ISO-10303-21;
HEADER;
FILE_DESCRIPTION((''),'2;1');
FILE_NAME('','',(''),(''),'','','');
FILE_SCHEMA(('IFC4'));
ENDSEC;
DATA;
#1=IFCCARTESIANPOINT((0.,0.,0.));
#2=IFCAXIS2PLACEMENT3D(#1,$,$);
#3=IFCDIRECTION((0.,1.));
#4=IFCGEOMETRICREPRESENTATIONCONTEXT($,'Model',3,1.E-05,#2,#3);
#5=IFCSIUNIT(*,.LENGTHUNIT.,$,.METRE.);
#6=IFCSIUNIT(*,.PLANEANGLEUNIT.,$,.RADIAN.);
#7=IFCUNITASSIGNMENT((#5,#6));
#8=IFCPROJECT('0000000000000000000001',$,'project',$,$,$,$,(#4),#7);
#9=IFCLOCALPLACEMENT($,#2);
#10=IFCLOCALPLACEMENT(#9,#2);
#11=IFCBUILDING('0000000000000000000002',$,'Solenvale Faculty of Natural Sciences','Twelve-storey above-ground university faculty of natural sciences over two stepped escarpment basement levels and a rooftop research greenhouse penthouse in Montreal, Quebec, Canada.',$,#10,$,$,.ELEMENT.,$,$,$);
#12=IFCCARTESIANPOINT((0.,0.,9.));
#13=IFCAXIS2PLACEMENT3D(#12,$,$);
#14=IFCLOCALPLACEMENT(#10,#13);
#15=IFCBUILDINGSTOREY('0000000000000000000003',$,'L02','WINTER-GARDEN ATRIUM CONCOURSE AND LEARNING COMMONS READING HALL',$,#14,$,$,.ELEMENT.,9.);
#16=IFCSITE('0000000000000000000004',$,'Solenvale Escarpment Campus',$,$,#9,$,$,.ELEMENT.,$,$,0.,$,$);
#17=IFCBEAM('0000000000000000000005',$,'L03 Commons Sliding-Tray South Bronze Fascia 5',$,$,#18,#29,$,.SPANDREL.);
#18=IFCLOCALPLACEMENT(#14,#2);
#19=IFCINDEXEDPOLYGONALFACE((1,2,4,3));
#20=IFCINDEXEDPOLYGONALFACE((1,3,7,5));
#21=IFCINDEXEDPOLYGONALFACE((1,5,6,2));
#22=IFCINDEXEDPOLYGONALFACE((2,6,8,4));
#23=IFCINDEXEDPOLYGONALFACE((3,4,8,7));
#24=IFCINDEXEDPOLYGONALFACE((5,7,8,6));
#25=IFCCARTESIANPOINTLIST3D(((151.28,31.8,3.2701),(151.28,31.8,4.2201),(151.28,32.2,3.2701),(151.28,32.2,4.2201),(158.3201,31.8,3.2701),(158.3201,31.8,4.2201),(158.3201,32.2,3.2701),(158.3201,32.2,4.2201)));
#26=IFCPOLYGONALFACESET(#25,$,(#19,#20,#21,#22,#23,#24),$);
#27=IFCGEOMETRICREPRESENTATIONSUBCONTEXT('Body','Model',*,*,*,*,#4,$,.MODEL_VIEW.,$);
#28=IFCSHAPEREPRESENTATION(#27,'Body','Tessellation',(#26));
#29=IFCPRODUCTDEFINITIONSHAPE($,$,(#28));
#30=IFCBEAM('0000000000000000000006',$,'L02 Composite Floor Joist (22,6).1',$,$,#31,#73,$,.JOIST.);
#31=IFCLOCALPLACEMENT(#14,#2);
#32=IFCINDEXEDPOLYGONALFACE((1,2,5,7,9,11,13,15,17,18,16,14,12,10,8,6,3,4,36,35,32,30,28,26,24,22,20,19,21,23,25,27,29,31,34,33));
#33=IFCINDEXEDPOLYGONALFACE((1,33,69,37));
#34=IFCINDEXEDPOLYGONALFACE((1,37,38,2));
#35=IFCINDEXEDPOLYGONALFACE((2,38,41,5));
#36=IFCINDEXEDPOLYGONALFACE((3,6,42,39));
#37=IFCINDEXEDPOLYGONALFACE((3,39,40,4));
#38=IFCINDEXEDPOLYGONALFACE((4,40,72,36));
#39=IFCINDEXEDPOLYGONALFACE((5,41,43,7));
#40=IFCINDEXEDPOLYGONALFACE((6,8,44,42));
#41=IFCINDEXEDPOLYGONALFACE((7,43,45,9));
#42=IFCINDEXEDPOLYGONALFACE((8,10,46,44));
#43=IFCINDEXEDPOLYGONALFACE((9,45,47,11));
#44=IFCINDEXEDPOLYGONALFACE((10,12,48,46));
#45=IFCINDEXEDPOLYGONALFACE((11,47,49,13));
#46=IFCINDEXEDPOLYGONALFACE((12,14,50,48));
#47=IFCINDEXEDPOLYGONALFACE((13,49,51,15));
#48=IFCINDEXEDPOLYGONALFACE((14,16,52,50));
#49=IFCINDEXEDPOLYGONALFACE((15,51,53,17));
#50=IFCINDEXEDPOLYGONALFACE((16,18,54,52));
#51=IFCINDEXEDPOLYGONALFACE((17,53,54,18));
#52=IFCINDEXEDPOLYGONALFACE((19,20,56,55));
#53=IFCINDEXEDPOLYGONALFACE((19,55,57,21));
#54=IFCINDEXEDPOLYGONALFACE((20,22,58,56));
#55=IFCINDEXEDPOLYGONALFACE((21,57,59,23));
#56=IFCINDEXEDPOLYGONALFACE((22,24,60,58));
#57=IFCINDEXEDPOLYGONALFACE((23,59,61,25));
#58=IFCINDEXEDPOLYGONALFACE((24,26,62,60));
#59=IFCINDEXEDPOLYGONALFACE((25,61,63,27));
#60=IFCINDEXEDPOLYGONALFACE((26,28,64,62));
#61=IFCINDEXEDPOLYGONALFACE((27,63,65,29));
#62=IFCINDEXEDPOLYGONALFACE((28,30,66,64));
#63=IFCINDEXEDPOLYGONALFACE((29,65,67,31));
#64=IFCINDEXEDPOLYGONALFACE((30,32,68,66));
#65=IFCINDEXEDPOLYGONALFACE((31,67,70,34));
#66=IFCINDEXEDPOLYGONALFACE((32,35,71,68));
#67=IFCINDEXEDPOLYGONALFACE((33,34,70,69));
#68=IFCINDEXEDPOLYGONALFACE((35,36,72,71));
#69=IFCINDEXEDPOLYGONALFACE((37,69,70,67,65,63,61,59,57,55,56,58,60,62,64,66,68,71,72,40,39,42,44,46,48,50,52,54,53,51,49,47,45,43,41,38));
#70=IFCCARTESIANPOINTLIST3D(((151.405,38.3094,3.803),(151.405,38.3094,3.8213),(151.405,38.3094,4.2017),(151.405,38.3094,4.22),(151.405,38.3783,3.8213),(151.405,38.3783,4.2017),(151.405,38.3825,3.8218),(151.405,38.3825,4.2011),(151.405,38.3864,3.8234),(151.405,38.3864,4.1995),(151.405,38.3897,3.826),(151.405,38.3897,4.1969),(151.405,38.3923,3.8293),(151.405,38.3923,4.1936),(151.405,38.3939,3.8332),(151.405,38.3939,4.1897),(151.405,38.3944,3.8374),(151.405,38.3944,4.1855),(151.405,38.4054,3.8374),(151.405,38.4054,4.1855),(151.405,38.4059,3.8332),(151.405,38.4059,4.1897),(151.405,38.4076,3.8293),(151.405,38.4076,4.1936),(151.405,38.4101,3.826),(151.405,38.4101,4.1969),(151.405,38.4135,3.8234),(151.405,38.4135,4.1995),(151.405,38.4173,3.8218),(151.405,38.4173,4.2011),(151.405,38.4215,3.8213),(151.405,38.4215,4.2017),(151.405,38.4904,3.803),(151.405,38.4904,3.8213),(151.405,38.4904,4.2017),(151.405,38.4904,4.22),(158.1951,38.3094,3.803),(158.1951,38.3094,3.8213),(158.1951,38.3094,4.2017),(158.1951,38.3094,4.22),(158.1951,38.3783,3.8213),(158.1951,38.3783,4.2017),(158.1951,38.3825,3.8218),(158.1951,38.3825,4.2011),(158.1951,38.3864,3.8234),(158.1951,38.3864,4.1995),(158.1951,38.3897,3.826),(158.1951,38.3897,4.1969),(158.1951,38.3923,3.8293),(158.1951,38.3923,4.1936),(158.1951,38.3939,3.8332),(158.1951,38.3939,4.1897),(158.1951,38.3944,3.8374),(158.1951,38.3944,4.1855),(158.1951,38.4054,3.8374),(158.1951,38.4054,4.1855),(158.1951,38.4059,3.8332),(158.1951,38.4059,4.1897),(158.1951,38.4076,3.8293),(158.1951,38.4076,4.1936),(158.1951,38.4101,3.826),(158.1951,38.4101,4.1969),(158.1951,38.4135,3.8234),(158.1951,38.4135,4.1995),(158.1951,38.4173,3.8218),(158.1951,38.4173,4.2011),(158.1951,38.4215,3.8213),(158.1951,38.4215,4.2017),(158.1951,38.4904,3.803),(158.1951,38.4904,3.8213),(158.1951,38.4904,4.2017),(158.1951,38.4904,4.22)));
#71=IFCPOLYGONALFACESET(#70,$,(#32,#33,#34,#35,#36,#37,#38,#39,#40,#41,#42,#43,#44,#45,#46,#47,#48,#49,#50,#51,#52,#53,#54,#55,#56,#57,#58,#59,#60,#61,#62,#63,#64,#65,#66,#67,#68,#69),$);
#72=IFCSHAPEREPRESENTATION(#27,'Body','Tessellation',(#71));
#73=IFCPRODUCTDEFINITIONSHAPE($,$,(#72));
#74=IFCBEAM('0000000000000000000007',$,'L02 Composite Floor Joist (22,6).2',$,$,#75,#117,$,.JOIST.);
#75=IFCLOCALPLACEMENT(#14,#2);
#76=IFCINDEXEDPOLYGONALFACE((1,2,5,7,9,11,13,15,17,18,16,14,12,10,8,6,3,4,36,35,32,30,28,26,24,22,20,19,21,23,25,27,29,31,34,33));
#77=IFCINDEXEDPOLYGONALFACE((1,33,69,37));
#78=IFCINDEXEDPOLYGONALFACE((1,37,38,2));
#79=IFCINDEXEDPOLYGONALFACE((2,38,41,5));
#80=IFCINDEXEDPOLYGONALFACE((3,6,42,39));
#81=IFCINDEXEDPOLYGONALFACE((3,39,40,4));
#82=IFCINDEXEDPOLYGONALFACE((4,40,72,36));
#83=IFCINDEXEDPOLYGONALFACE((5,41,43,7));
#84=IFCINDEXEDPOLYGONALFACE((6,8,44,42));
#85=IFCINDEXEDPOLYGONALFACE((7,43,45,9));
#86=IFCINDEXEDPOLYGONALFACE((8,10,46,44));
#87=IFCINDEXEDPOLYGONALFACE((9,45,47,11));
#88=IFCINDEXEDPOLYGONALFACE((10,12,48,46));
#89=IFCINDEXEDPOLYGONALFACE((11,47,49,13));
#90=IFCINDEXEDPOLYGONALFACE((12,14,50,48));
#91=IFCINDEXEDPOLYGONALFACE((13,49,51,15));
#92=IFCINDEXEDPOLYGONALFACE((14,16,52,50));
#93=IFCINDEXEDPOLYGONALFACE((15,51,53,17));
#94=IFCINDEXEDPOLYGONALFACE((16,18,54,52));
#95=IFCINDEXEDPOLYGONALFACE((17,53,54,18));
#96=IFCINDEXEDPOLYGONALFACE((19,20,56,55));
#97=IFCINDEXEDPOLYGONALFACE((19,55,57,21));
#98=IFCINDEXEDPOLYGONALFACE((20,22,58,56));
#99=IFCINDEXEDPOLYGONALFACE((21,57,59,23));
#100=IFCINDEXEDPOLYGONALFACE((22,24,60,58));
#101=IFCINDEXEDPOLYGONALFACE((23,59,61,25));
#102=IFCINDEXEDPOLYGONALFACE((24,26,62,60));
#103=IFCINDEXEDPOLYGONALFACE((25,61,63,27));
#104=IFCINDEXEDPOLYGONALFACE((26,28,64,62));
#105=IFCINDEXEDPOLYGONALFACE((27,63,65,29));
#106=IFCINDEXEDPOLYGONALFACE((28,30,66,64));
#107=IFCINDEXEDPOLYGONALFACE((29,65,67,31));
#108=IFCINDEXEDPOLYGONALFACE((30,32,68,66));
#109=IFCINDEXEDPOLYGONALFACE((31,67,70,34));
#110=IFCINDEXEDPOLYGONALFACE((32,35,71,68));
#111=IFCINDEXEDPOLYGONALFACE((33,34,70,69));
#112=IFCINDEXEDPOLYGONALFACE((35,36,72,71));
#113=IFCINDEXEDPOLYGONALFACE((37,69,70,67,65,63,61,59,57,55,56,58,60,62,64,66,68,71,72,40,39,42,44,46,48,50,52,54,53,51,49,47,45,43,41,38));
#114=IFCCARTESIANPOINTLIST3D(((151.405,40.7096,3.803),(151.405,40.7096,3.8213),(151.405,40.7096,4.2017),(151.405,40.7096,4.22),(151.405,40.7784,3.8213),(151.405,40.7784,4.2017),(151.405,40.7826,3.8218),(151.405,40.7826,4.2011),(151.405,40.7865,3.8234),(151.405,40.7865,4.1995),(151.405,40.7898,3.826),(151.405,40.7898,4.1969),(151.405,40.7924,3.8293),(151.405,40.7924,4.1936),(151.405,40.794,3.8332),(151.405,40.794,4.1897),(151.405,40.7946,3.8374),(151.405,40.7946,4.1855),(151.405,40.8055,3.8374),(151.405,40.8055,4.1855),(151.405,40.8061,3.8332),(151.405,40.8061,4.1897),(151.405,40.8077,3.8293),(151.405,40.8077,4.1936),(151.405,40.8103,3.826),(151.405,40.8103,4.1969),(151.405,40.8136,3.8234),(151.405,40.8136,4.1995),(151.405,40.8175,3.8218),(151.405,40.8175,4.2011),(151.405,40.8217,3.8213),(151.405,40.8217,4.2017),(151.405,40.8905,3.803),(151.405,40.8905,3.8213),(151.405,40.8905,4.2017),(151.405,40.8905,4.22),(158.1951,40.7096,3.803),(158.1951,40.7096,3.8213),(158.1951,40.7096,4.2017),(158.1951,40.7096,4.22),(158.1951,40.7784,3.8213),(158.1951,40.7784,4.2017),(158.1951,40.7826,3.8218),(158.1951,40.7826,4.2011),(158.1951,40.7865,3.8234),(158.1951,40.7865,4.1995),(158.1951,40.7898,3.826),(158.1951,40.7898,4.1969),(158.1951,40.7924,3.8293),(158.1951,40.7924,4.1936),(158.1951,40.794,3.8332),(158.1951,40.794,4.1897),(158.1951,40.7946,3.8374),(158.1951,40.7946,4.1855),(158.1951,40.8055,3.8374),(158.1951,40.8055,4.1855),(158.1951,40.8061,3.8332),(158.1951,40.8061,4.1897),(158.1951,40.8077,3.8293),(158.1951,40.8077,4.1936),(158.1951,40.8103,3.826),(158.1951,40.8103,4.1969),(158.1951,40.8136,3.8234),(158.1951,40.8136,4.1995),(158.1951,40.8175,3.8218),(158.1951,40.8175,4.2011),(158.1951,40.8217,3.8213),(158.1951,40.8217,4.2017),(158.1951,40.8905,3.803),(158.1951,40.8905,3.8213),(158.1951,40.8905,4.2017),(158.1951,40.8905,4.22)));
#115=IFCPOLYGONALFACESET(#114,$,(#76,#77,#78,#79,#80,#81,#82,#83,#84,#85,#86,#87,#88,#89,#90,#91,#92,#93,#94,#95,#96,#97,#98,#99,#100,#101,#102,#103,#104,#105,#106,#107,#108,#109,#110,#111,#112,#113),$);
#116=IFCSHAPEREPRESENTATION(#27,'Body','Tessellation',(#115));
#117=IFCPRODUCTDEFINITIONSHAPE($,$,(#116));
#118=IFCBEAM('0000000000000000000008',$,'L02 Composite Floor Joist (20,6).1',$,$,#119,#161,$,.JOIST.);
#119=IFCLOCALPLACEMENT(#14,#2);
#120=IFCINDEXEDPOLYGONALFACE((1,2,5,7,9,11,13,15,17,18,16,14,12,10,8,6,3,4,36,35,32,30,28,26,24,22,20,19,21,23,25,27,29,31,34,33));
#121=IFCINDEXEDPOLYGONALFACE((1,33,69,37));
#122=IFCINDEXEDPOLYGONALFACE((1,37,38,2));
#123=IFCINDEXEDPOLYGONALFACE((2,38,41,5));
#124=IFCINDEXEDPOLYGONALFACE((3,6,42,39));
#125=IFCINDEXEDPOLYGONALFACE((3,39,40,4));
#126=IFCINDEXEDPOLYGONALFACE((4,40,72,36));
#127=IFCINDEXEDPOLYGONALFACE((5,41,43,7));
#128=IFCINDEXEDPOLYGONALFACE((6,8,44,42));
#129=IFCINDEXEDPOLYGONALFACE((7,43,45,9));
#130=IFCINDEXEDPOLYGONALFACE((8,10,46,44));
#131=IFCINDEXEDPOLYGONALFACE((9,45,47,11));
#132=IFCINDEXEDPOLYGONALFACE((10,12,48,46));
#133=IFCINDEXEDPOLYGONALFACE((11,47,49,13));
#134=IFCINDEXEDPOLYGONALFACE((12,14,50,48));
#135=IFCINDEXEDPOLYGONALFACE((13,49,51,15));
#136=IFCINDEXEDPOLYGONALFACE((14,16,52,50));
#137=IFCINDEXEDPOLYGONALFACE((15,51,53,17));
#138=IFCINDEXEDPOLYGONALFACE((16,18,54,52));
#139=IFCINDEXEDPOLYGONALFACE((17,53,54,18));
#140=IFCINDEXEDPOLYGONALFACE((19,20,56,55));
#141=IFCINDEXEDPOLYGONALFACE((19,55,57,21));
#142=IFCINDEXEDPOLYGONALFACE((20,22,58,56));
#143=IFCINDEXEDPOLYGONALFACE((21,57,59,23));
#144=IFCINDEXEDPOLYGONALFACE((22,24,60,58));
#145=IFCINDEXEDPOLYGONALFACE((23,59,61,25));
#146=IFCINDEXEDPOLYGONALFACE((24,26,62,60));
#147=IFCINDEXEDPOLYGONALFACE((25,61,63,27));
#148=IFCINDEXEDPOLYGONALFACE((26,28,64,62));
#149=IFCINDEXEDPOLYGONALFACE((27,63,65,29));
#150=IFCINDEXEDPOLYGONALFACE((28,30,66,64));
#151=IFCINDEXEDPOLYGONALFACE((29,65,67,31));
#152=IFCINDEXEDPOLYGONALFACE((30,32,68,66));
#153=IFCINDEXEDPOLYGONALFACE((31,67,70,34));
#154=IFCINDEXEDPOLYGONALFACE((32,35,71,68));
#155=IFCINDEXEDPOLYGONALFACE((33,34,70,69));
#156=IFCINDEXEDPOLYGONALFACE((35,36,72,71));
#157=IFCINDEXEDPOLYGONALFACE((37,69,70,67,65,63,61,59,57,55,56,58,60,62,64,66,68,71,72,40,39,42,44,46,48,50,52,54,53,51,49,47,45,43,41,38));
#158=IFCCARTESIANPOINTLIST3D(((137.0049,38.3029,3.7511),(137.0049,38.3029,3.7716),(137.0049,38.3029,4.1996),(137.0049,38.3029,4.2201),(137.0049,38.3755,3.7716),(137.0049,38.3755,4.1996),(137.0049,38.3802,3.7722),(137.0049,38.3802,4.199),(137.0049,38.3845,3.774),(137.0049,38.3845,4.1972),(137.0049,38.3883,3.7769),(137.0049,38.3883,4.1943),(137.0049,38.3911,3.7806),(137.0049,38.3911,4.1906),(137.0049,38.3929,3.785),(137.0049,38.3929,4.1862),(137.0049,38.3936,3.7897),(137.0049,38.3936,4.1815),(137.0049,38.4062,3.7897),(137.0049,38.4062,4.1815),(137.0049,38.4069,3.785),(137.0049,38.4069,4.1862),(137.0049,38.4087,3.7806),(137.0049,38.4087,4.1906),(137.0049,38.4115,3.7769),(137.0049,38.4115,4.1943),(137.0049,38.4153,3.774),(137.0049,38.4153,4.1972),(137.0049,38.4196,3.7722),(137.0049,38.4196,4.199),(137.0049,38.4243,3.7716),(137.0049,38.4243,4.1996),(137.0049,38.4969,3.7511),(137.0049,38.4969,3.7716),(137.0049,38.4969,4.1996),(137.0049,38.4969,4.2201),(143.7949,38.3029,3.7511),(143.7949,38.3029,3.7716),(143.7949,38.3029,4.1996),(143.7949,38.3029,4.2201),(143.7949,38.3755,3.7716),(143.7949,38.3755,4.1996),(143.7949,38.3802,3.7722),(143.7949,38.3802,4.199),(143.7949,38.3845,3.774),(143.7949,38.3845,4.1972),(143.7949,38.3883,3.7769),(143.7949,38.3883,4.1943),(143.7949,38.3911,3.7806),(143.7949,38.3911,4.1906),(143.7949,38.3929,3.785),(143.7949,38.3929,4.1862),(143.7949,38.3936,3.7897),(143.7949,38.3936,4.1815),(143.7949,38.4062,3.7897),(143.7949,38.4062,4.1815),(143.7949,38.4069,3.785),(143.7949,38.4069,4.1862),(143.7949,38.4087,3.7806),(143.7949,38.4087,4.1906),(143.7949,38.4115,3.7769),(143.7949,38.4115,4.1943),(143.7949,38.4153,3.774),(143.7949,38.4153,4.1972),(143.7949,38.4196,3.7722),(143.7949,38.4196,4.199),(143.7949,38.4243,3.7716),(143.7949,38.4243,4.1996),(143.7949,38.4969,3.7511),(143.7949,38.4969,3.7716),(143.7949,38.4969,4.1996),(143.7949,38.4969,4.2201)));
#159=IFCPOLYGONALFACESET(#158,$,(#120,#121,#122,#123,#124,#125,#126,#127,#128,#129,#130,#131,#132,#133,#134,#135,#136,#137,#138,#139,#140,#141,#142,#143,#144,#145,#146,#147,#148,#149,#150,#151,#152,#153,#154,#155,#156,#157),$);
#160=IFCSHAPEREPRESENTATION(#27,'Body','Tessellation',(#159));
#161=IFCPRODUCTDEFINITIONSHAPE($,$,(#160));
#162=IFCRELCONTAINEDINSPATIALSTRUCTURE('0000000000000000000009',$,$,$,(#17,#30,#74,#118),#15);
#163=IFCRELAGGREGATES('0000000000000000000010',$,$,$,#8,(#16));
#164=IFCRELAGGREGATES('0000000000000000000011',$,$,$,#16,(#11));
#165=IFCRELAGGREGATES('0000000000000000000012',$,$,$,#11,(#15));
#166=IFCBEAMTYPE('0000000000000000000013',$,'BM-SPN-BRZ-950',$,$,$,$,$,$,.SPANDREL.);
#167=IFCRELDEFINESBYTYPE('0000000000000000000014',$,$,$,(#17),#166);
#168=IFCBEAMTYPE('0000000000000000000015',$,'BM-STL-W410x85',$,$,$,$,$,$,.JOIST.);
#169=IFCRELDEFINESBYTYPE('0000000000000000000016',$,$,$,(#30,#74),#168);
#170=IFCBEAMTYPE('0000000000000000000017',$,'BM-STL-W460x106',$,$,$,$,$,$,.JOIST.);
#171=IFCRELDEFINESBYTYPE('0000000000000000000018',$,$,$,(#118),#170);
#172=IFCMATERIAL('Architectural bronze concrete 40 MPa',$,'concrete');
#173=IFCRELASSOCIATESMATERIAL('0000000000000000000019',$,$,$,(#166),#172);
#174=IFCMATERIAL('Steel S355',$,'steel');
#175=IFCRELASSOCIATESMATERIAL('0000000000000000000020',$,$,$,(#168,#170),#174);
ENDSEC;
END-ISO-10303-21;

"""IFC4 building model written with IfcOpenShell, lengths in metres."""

from ifc_helpers import new_model, si_unit, direction, frame, origin, origin_2d, place, context, subcontext, project, spatial, rectangle, i_section, extrude, material, material_profile, profile_set, type_object, element, save


model = new_model("IFC4")

# Units and contexts
model_context = context("Model", 3, precision=1e-05, world=origin(), true_north=direction((0.0, 1.0)))
body_context = subcontext(model_context, "Body", "Model", "MODEL_VIEW")
ifc_project = project(units=[si_unit("LENGTHUNIT", "METRE"), si_unit("PLANEANGLEUNIT", "RADIAN")], contexts=[model_context])

# Site, building, storey
site_placement = place(None, origin())
site = spatial("IfcSite", under=ifc_project, at=site_placement, Name="Solenvale Escarpment Campus", CompositionType="ELEMENT", RefElevation=0.0)
building_placement = place(site_placement, origin())
building = spatial("IfcBuilding", under=site, at=building_placement, Name="Solenvale Faculty of Natural Sciences", Description="Twelve-storey above-ground university faculty of natural sciences over two stepped escarpment basement levels and a rooftop research greenhouse penthouse in Montreal, Quebec, Canada.", CompositionType="ELEMENT")
storey_placement = place(building_placement, frame((0.0, 0.0, 9.0)))
storey = spatial("IfcBuildingStorey", under=building, at=storey_placement, Name="L02", Description="WINTER-GARDEN ATRIUM CONCOURSE AND LEARNING COMMONS READING HALL", CompositionType="ELEMENT", Elevation=9.0)

# Beams
ifc_material_1 = material(Name="Architectural bronze concrete 40 MPa", Category="concrete")
ifc_material_profile_1 = material_profile(ifc_material_1, rectangle(XDim=0.3999, YDim=0.95, at=origin_2d()), Name="RC-SPN-400x950")
ifc_profile_set_1 = profile_set([ifc_material_profile_1], Name="Architectural bronze concrete 40 MPa")
beam_type_1 = type_object("IfcBeamType", Name="BM-SPN-BRZ-950", PredefinedType="SPANDREL", material=ifc_profile_set_1)
for number, where, z_axis, x_axis, name in (
    (1, (151.28, 32.0, 3.7451), (1.0, 0.0, 0.0), (0.0, 1.0, 0.0), "L03 Commons Sliding-Tray South Bronze Fascia 5"),
):
    element("IfcBeam", number, at=place(storey_placement, frame(where, z_axis=z_axis, x_axis=x_axis)), inside=storey, type_object=beam_type_1, Name=name, PredefinedType="SPANDREL", context=body_context, shape_type="SweptSolid", body=[
        extrude(rectangle(XDim=0.3999, YDim=0.95, at=origin_2d()), origin(), (0.0, 0.0, 1.0), 7.04),
    ])
ifc_material_2 = material(Name="Steel S355", Category="steel")
ifc_material_profile_2 = material_profile(ifc_material_2, i_section(OverallWidth=0.1809, OverallDepth=0.417, WebThickness=0.011, FlangeThickness=0.0183, FilletRadius=0.0161, at=origin_2d()), Name="W410x85")
ifc_profile_set_2 = profile_set([ifc_material_profile_2], Name="Steel S355")
beam_type_2 = type_object("IfcBeamType", Name="BM-STL-W410x85", PredefinedType="JOIST", material=ifc_profile_set_2)
for number, where, z_axis, x_axis, name in (
    (2, (151.405, 38.3999, 4.0115), (1.0, 0.0, 0.0), (0.0, 1.0, 0.0), "L02 Composite Floor Joist (22,6).1"),
    (3, (151.405, 40.8, 4.0115), (1.0, 0.0, 0.0), (0.0, 1.0, 0.0), "L02 Composite Floor Joist (22,6).2"),
):
    element("IfcBeam", number, at=place(storey_placement, frame(where, z_axis=z_axis, x_axis=x_axis)), inside=storey, type_object=beam_type_2, Name=name, PredefinedType="JOIST", context=body_context, shape_type="SweptSolid", body=[
        extrude(i_section(OverallWidth=0.1809, OverallDepth=0.417, WebThickness=0.011, FlangeThickness=0.0183, FilletRadius=0.0161, at=origin_2d()), origin(), (0.0, 0.0, 1.0), 6.79),
    ])
ifc_material_profile_3 = material_profile(ifc_material_2, i_section(OverallWidth=0.1941, OverallDepth=0.469, WebThickness=0.0127, FlangeThickness=0.0205, FilletRadius=0.0181, at=origin_2d()), Name="W460x106")
ifc_profile_set_3 = profile_set([ifc_material_profile_3], Name="Steel S355")
beam_type_3 = type_object("IfcBeamType", Name="BM-STL-W460x106", PredefinedType="JOIST", material=ifc_profile_set_3)
for number, where, z_axis, x_axis, name in (
    (4, (137.0049, 38.3999, 3.9856), (1.0, 0.0, 0.0), (0.0, 1.0, 0.0), "L02 Composite Floor Joist (20,6).1"),
):
    element("IfcBeam", number, at=place(storey_placement, frame(where, z_axis=z_axis, x_axis=x_axis)), inside=storey, type_object=beam_type_3, Name=name, PredefinedType="JOIST", context=body_context, shape_type="SweptSolid", body=[
        extrude(i_section(OverallWidth=0.1941, OverallDepth=0.469, WebThickness=0.0127, FlangeThickness=0.0205, FilletRadius=0.0181, at=origin_2d()), origin(), (0.0, 0.0, 1.0), 6.79),
    ])

save(model, "model.ifc")
